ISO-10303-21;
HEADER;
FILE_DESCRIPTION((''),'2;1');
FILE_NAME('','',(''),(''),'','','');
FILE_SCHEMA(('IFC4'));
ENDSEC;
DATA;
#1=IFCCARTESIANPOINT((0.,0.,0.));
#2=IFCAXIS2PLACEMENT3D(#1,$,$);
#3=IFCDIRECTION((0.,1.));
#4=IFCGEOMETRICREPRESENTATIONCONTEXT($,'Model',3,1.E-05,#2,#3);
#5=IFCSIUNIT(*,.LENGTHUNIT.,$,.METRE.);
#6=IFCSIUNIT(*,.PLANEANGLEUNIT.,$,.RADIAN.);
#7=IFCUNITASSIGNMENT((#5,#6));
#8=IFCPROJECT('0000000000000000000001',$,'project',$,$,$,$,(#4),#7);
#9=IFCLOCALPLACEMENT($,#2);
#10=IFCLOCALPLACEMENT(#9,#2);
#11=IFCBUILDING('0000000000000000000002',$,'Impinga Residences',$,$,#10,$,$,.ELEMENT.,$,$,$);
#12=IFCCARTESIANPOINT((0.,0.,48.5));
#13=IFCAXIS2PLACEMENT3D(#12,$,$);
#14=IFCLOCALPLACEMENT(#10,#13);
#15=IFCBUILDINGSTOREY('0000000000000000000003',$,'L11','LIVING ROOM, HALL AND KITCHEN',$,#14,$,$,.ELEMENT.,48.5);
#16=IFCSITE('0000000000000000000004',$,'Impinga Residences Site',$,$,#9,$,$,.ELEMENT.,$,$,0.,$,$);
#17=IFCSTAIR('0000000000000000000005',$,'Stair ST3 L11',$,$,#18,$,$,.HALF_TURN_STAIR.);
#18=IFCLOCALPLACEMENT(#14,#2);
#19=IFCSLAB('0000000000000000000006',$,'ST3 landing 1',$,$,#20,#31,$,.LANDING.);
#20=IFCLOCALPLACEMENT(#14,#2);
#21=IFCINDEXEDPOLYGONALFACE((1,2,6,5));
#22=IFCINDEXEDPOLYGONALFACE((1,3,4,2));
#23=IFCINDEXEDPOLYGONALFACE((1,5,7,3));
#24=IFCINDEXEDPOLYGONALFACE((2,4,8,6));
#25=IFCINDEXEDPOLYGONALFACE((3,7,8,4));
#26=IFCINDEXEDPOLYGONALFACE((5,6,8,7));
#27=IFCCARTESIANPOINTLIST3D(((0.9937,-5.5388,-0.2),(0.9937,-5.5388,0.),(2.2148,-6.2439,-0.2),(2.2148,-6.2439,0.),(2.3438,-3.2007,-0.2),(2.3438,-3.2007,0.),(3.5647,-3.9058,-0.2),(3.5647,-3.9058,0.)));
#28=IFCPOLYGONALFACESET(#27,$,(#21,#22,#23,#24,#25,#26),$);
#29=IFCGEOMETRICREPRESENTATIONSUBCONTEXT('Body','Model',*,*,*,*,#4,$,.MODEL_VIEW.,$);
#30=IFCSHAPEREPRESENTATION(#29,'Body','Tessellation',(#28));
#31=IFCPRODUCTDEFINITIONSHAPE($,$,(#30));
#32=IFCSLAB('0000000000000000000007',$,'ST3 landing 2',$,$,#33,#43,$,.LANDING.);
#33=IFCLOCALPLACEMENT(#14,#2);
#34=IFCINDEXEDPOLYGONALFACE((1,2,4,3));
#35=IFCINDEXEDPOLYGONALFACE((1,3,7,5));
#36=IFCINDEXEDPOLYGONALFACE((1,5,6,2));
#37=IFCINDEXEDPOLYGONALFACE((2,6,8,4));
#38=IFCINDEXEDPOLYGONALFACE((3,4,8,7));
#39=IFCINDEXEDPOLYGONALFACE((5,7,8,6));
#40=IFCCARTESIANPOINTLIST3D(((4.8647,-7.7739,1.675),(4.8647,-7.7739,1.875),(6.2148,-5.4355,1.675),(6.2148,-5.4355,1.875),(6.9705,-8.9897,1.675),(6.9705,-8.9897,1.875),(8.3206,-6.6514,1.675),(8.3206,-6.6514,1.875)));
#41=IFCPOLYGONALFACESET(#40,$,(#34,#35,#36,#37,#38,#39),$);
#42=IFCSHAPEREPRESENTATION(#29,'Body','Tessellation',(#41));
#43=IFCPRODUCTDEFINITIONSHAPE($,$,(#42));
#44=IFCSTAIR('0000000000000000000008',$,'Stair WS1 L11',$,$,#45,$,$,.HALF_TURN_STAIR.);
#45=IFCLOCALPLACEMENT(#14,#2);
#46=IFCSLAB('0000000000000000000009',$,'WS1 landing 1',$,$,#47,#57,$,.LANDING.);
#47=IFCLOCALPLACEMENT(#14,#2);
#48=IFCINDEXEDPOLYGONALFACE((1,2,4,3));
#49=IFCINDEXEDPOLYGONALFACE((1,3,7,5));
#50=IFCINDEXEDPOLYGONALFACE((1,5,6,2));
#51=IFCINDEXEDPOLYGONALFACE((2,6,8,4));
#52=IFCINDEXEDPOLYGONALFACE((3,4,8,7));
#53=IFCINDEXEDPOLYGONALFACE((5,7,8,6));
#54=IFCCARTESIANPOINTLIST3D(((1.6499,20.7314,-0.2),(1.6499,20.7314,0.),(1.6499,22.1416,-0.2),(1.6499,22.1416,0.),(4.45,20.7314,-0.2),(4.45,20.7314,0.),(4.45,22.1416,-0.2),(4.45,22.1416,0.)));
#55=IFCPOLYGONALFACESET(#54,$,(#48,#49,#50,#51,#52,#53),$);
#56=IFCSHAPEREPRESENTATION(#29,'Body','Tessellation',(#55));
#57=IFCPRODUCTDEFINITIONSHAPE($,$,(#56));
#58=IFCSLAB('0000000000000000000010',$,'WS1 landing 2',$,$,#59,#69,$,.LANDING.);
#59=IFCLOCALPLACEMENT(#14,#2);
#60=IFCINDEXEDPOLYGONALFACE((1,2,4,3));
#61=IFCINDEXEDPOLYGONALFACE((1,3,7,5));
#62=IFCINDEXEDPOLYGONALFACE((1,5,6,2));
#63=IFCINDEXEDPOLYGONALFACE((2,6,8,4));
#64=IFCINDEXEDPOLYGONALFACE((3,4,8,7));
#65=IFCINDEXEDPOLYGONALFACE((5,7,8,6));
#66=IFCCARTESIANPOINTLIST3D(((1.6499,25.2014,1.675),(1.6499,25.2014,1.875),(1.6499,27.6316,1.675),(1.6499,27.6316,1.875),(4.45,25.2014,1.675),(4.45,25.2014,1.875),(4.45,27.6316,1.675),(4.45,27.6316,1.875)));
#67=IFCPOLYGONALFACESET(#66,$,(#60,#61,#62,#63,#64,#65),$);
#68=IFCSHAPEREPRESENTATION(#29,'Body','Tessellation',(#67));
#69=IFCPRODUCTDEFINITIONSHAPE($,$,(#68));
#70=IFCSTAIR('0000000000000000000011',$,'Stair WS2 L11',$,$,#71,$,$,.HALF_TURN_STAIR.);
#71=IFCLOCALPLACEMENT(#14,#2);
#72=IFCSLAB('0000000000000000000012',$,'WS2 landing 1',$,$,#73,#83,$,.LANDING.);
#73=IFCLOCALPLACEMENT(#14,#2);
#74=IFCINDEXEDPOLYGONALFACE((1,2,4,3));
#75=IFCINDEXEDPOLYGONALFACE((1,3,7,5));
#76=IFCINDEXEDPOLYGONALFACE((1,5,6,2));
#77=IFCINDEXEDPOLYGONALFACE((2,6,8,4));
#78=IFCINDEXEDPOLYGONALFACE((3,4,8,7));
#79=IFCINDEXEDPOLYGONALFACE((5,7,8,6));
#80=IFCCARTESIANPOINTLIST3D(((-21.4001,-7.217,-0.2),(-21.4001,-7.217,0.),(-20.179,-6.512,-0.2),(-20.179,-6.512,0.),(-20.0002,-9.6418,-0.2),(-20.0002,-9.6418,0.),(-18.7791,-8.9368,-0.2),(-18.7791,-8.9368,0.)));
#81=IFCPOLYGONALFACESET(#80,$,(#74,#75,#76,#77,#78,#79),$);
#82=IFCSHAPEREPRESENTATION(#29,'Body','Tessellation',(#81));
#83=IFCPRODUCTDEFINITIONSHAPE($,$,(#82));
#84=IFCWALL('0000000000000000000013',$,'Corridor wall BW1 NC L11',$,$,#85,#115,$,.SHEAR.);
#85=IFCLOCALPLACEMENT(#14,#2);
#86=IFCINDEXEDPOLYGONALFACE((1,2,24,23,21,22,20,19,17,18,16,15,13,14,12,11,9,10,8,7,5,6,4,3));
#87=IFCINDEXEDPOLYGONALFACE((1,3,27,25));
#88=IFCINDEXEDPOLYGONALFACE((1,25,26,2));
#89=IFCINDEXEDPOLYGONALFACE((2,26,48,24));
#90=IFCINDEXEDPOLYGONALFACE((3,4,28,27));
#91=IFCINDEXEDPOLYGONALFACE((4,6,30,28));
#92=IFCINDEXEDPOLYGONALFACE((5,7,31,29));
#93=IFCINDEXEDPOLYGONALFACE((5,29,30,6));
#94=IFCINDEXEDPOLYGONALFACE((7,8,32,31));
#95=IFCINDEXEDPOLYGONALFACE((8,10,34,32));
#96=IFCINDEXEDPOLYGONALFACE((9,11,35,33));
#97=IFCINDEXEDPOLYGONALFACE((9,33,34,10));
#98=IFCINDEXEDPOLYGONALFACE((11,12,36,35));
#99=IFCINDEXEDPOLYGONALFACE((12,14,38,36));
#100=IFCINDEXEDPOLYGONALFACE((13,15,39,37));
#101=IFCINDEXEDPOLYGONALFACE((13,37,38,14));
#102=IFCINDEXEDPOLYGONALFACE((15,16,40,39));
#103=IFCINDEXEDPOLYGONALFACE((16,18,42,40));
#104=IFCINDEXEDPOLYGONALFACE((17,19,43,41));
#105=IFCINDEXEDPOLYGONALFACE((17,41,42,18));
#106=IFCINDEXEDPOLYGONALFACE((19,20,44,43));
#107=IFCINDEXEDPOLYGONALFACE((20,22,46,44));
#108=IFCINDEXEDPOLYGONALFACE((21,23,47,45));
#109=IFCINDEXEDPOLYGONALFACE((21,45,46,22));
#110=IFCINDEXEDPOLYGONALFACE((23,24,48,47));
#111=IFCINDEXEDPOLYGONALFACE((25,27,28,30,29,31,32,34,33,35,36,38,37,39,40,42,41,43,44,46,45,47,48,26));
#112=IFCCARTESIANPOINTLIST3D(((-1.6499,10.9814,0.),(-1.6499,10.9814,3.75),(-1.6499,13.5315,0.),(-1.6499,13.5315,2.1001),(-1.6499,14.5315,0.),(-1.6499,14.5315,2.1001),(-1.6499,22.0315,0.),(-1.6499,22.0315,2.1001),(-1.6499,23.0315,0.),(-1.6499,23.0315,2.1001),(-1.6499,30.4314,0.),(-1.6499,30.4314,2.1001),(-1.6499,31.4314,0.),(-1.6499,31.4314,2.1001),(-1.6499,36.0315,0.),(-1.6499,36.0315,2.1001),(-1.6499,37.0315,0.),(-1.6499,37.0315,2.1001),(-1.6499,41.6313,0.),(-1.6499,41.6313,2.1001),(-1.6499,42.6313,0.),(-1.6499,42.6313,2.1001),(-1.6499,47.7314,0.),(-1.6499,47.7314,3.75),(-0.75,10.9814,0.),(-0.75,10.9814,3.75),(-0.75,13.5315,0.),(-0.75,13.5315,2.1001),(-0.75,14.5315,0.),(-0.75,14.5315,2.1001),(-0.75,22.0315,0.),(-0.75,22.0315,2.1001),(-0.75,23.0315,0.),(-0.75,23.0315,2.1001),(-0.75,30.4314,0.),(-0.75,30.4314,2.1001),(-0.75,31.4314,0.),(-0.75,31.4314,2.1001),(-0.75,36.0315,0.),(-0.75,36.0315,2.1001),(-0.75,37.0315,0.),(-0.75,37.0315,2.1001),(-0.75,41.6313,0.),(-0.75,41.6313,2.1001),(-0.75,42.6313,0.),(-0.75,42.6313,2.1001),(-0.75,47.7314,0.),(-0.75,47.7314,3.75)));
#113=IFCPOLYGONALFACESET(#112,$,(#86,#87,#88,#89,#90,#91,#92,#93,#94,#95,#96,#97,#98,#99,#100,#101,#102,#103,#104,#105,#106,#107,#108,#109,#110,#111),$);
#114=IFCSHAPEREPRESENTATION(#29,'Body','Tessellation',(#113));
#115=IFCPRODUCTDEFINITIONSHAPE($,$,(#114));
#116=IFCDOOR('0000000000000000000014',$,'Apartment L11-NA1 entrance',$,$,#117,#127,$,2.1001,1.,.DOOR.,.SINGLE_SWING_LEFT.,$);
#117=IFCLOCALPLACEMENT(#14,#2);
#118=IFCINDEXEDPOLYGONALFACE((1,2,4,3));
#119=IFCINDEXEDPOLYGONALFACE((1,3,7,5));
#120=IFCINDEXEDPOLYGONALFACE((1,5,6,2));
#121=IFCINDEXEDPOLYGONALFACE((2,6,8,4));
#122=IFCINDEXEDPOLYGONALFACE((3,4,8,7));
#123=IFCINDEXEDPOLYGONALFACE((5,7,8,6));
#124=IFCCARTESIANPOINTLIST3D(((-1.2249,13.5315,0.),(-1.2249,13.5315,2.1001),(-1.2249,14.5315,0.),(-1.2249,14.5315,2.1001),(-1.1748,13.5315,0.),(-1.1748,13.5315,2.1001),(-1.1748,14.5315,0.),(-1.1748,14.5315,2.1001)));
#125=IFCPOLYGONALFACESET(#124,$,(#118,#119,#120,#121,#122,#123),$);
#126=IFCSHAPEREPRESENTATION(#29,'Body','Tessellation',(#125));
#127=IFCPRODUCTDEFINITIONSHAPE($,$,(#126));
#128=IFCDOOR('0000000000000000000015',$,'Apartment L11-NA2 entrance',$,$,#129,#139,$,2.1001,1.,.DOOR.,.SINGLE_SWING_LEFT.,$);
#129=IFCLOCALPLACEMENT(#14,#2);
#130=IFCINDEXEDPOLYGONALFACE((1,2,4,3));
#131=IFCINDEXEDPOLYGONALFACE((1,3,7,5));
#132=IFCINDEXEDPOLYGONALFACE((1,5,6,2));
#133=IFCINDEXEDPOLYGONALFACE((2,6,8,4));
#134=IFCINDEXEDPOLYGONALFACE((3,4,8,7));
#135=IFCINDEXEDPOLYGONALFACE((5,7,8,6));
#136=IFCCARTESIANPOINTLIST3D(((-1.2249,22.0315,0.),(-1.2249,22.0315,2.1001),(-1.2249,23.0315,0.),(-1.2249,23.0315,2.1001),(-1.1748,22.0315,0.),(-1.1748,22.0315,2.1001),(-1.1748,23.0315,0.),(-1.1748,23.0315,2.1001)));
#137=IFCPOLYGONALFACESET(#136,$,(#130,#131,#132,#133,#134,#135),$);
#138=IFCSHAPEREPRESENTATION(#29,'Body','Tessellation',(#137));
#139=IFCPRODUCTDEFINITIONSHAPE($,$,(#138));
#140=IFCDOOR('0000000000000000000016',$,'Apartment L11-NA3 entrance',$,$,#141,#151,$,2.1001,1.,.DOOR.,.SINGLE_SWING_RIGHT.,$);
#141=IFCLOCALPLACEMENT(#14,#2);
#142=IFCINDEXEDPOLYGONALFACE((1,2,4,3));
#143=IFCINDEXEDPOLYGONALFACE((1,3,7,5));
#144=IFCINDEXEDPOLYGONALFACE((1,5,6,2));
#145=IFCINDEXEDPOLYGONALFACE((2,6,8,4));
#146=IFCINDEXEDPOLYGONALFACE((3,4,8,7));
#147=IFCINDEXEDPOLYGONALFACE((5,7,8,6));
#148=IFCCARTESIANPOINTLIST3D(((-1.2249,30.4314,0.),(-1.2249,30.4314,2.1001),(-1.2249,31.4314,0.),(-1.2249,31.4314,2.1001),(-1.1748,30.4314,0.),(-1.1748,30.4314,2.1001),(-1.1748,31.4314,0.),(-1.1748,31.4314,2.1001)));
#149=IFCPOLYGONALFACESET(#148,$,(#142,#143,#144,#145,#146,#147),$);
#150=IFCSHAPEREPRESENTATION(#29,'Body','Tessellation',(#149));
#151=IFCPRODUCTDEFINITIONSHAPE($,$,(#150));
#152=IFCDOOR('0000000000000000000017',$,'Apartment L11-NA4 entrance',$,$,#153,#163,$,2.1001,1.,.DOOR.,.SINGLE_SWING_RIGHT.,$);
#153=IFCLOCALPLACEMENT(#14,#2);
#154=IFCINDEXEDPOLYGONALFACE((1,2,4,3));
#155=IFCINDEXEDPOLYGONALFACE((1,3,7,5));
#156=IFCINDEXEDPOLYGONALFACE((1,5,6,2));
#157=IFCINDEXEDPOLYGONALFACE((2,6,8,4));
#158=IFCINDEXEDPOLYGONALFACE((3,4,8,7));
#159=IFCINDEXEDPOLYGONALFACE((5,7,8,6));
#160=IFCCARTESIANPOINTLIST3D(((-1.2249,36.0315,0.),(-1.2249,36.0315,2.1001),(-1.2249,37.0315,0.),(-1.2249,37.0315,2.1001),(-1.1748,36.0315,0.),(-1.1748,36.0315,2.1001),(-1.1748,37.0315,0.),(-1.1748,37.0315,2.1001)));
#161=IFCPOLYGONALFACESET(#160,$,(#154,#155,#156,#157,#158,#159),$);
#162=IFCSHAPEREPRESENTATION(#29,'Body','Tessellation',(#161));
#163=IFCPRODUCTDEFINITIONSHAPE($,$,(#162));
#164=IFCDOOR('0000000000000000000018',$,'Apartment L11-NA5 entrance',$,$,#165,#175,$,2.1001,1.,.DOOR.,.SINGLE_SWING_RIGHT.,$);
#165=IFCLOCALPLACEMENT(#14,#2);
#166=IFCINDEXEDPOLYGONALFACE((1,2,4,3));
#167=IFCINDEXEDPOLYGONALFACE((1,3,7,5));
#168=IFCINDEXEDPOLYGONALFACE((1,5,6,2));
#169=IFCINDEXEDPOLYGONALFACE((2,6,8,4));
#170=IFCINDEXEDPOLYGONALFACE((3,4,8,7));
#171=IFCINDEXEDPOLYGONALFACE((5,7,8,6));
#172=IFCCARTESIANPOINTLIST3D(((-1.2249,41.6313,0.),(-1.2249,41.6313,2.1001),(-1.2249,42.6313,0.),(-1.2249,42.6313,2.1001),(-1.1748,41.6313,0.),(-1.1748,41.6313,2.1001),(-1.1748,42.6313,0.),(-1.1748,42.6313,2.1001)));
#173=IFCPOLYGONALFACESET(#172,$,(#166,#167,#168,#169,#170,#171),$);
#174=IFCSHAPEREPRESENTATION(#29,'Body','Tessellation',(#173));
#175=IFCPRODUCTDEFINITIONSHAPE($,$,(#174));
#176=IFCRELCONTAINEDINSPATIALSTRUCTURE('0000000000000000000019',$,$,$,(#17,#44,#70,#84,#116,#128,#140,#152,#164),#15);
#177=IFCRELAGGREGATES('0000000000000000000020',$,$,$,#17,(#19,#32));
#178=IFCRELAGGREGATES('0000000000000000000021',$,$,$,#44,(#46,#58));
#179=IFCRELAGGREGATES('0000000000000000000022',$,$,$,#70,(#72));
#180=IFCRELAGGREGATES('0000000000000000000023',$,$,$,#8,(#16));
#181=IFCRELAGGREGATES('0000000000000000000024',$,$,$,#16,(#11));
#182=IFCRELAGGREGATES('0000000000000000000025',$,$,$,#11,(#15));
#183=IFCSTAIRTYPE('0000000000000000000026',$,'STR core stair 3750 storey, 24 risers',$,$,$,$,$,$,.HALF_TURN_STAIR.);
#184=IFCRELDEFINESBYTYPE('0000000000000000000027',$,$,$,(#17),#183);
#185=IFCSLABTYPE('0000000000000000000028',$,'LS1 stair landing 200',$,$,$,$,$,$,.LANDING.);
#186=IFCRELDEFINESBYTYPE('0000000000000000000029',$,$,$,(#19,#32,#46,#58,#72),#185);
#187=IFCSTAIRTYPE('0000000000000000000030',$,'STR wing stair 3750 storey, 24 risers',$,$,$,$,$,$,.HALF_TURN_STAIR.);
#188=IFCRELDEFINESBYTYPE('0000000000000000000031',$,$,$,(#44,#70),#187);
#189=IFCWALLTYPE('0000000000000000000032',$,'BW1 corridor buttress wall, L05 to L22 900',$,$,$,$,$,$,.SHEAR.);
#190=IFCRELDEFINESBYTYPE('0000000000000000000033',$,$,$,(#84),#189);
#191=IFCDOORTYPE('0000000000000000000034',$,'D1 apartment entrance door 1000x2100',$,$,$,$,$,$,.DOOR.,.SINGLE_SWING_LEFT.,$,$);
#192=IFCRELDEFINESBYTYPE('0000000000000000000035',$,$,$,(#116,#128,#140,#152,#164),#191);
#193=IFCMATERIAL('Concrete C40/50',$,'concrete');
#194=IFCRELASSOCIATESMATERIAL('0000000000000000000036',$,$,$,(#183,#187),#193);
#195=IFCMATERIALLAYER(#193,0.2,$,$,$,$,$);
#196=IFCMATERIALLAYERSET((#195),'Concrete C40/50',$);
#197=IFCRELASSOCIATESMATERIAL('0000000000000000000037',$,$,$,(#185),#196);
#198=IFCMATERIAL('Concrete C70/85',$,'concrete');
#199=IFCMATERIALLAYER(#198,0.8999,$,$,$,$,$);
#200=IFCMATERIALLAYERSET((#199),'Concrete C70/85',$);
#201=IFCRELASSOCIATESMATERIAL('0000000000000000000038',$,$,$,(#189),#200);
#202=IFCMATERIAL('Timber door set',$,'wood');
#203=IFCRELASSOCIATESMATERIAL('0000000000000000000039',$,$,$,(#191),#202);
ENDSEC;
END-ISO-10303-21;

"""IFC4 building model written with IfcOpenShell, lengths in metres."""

from ifc_helpers import new_model, si_unit, direction, frame, frame_2d, origin, place, context, subcontext, project, spatial, polyline, rectangle, outline, extrude, material, layer, layer_set, type_object, element, fill, aggregate, save


model = new_model("IFC4")

# Units and contexts
model_context = context("Model", 3, precision=1e-05, world=origin(), true_north=direction((0.0, 1.0)))
body_context = subcontext(model_context, "Body", "Model", "MODEL_VIEW")
ifc_project = project(units=[si_unit("LENGTHUNIT", "METRE"), si_unit("PLANEANGLEUNIT", "RADIAN")], contexts=[model_context])

# Site, building, storey
site_placement = place(None, origin())
site = spatial("IfcSite", under=ifc_project, at=site_placement, Name="Impinga Residences Site", CompositionType="ELEMENT", RefElevation=0.0)
building_placement = place(site_placement, origin())
building = spatial("IfcBuilding", under=site, at=building_placement, Name="Impinga Residences", CompositionType="ELEMENT")
storey_placement = place(building_placement, frame((0.0, 0.0, 48.5)))
storey = spatial("IfcBuildingStorey", under=building, at=storey_placement, Name="L11", Description="LIVING ROOM, HALL AND KITCHEN", CompositionType="ELEMENT", Elevation=48.5)

# Stairs, slabs
ifc_material_1 = material(Name="Concrete C40/50", Category="concrete")
stair_type_1 = type_object("IfcStairType", Name="STR core stair 3750 storey, 24 risers", PredefinedType="HALF_TURN_STAIR", material=ifc_material_1)
stair_1_placement = place(storey_placement, origin())
stair_1 = element("IfcStair", 1, at=stair_1_placement, inside=storey, type_object=stair_type_1, Name="Stair ST3 L11", PredefinedType="HALF_TURN_STAIR")
ifc_layer_1 = layer(ifc_material_1, 0.2)
ifc_layer_set_1 = layer_set([ifc_layer_1], Name="Concrete C40/50")
slab_type = type_object("IfcSlabType", Name="LS1 stair landing 200", PredefinedType="LANDING", material=ifc_layer_set_1)
slab_1_placement = place(storey_placement, frame((0.0, 0.0, -0.2)))
slab_1 = element("IfcSlab", 2, at=slab_1_placement, type_object=slab_type, Name="ST3 landing 1", PredefinedType="LANDING", context=body_context, shape_type="SweptSolid", body=[
    extrude(outline(polyline([(2.3438, -3.2007), (0.9937, -5.5388), (2.2148, -6.2439), (3.5647, -3.9058), (2.3438, -3.2007)])), origin(), (0.0, 0.0, 1.0), 0.2),
])
slab_2_placement = place(storey_placement, frame((0.0, 0.0, 1.675)))
slab_2 = element("IfcSlab", 3, at=slab_2_placement, type_object=slab_type, Name="ST3 landing 2", PredefinedType="LANDING", context=body_context, shape_type="SweptSolid", body=[
    extrude(outline(polyline([(6.2148, -5.4355), (4.8647, -7.7739), (6.9705, -8.9897), (8.3206, -6.6514), (6.2148, -5.4355)])), origin(), (0.0, 0.0, 1.0), 0.2),
])
aggregate(stair_1, [slab_1, slab_2])
stair_type_2 = type_object("IfcStairType", Name="STR wing stair 3750 storey, 24 risers", PredefinedType="HALF_TURN_STAIR", material=ifc_material_1)
stair_2_placement = place(storey_placement, origin())
stair_2 = element("IfcStair", 4, at=stair_2_placement, inside=storey, type_object=stair_type_2, Name="Stair WS1 L11", PredefinedType="HALF_TURN_STAIR")
slab_3_placement = place(storey_placement, frame((0.0, 0.0, -0.2)))
slab_3 = element("IfcSlab", 5, at=slab_3_placement, type_object=slab_type, Name="WS1 landing 1", PredefinedType="LANDING", context=body_context, shape_type="SweptSolid", body=[
    extrude(outline(polyline([(1.6499, 20.7314), (4.45, 20.7314), (4.45, 22.1416), (1.6499, 22.1416), (1.6499, 20.7314)])), origin(), (0.0, 0.0, 1.0), 0.2),
])
slab_4_placement = place(storey_placement, frame((0.0, 0.0, 1.675)))
slab_4 = element("IfcSlab", 6, at=slab_4_placement, type_object=slab_type, Name="WS1 landing 2", PredefinedType="LANDING", context=body_context, shape_type="SweptSolid", body=[
    extrude(outline(polyline([(1.6499, 25.2014), (4.45, 25.2014), (4.45, 27.6316), (1.6499, 27.6316), (1.6499, 25.2014)])), origin(), (0.0, 0.0, 1.0), 0.2),
])
aggregate(stair_2, [slab_3, slab_4])

# Stair, slab
stair_3_placement = place(storey_placement, origin())
stair_3 = element("IfcStair", 7, at=stair_3_placement, inside=storey, type_object=stair_type_2, Name="Stair WS2 L11", PredefinedType="HALF_TURN_STAIR")
slab_5_placement = place(storey_placement, frame((0.0, 0.0, -0.2)))
slab_5 = element("IfcSlab", 8, at=slab_5_placement, type_object=slab_type, Name="WS2 landing 1", PredefinedType="LANDING", context=body_context, shape_type="SweptSolid", body=[
    extrude(outline(polyline([(-18.7791, -8.9368), (-20.179, -6.512), (-21.4001, -7.217), (-20.0002, -9.6418), (-18.7791, -8.9368)])), origin(), (0.0, 0.0, 1.0), 0.2),
])
aggregate(stair_3, [slab_5])

# Wall, openings, doors
ifc_material_2 = material(Name="Concrete C70/85", Category="concrete")
ifc_layer_2 = layer(ifc_material_2, 0.8999)
ifc_layer_set_2 = layer_set([ifc_layer_2], Name="Concrete C70/85")
wall_type_1 = type_object("IfcWallType", Name="BW1 corridor buttress wall, L05 to L22 900", PredefinedType="SHEAR", material=ifc_layer_set_2)
wall_1_placement = place(storey_placement, frame((-1.2, 10.9814, 0.0), z_axis=(0.0, 0.0, 1.0), x_axis=(0.0, 1.0, 0.0)))
wall_1 = element("IfcWall", 9, at=wall_1_placement, inside=storey, type_object=wall_type_1, Name="Corridor wall BW1 NC L11", PredefinedType="SHEAR", context=body_context, shape_type="SweptSolid", body=[
    extrude(rectangle(XDim=36.75, YDim=0.8999, at=frame_2d((18.375, 0.0))), origin(), (0.0, 0.0, 1.0), 3.75),
])
opening_1_placement = place(wall_1_placement, frame((2.55, 0.0, 0.0)))
opening_1 = element("IfcOpeningElement", 10, at=opening_1_placement, cuts=wall_1, PredefinedType="OPENING", context=body_context, shape_type="SweptSolid", body=[
    extrude(rectangle(XDim=1.0, YDim=2.1001, at=frame_2d((0.5, 1.05))), frame((0.0, 0.46, 0.0), z_axis=(0.0, -1.0, 0.0), x_axis=(1.0, 0.0, 0.0)), (0.0, 0.0, 1.0), 0.9199),
])
opening_2_placement = place(wall_1_placement, frame((11.05, 0.0, 0.0)))
opening_2 = element("IfcOpeningElement", 11, at=opening_2_placement, cuts=wall_1, PredefinedType="OPENING", context=body_context, shape_type="SweptSolid", body=[
    extrude(rectangle(XDim=1.0, YDim=2.1001, at=frame_2d((0.5, 1.05))), frame((0.0, 0.46, 0.0), z_axis=(0.0, -1.0, 0.0), x_axis=(1.0, 0.0, 0.0)), (0.0, 0.0, 1.0), 0.9199),
])
opening_3_placement = place(wall_1_placement, frame((19.45, 0.0, 0.0)))
opening_3 = element("IfcOpeningElement", 12, at=opening_3_placement, cuts=wall_1, PredefinedType="OPENING", context=body_context, shape_type="SweptSolid", body=[
    extrude(rectangle(XDim=1.0, YDim=2.1001, at=frame_2d((0.5, 1.05))), frame((0.0, 0.46, 0.0), z_axis=(0.0, -1.0, 0.0), x_axis=(1.0, 0.0, 0.0)), (0.0, 0.0, 1.0), 0.9199),
])
opening_4_placement = place(wall_1_placement, frame((25.05, 0.0, 0.0)))
opening_4 = element("IfcOpeningElement", 13, at=opening_4_placement, cuts=wall_1, PredefinedType="OPENING", context=body_context, shape_type="SweptSolid", body=[
    extrude(rectangle(XDim=1.0, YDim=2.1001, at=frame_2d((0.5, 1.05))), frame((0.0, 0.46, 0.0), z_axis=(0.0, -1.0, 0.0), x_axis=(1.0, 0.0, 0.0)), (0.0, 0.0, 1.0), 0.9199),
])
opening_5_placement = place(wall_1_placement, frame((30.6499, 0.0, 0.0)))
opening_5 = element("IfcOpeningElement", 14, at=opening_5_placement, cuts=wall_1, PredefinedType="OPENING", context=body_context, shape_type="SweptSolid", body=[
    extrude(rectangle(XDim=1.0, YDim=2.1001, at=frame_2d((0.5, 1.05))), frame((0.0, 0.46, 0.0), z_axis=(0.0, -1.0, 0.0), x_axis=(1.0, 0.0, 0.0)), (0.0, 0.0, 1.0), 0.9199),
])
ifc_material_3 = material(Name="Timber door set", Category="wood")
door_type_1 = type_object("IfcDoorType", Name="D1 apartment entrance door 1000x2100", OperationType="SINGLE_SWING_LEFT", PredefinedType="DOOR", material=ifc_material_3)
door_1_placement = place(opening_1_placement, origin())
door_1 = element("IfcDoor", 15, at=door_1_placement, inside=storey, type_object=door_type_1, Name="Apartment L11-NA1 entrance", OperationType="SINGLE_SWING_LEFT", OverallHeight=2.1001, OverallWidth=1.0, PredefinedType="DOOR", context=body_context, shape_type="SweptSolid", body=[
    extrude(rectangle(XDim=1.0, YDim=2.1001, at=frame_2d((0.5, 1.05))), frame((0.0, 0.0249, 0.0), z_axis=(0.0, -1.0, 0.0), x_axis=(1.0, 0.0, 0.0)), (0.0, 0.0, 1.0), 0.05),
])
fill(opening_1, door_1)
door_2_placement = place(opening_2_placement, origin())
door_2 = element("IfcDoor", 16, at=door_2_placement, inside=storey, type_object=door_type_1, Name="Apartment L11-NA2 entrance", OperationType="SINGLE_SWING_LEFT", OverallHeight=2.1001, OverallWidth=1.0, PredefinedType="DOOR", context=body_context, shape_type="SweptSolid", body=[
    extrude(rectangle(XDim=1.0, YDim=2.1001, at=frame_2d((0.5, 1.05))), frame((0.0, 0.0249, 0.0), z_axis=(0.0, -1.0, 0.0), x_axis=(1.0, 0.0, 0.0)), (0.0, 0.0, 1.0), 0.05),
])
fill(opening_2, door_2)
door_3_placement = place(opening_3_placement, origin())
door_3 = element("IfcDoor", 17, at=door_3_placement, inside=storey, type_object=door_type_1, Name="Apartment L11-NA3 entrance", OperationType="SINGLE_SWING_RIGHT", OverallHeight=2.1001, OverallWidth=1.0, PredefinedType="DOOR", context=body_context, shape_type="SweptSolid", body=[
    extrude(rectangle(XDim=1.0, YDim=2.1001, at=frame_2d((0.5, 1.05))), frame((0.0, 0.0249, 0.0), z_axis=(0.0, -1.0, 0.0), x_axis=(1.0, 0.0, 0.0)), (0.0, 0.0, 1.0), 0.05),
])
fill(opening_3, door_3)
door_4_placement = place(opening_4_placement, origin())
door_4 = element("IfcDoor", 18, at=door_4_placement, inside=storey, type_object=door_type_1, Name="Apartment L11-NA4 entrance", OperationType="SINGLE_SWING_RIGHT", OverallHeight=2.1001, OverallWidth=1.0, PredefinedType="DOOR", context=body_context, shape_type="SweptSolid", body=[
    extrude(rectangle(XDim=1.0, YDim=2.1001, at=frame_2d((0.5, 1.05))), frame((0.0, 0.0249, 0.0), z_axis=(0.0, -1.0, 0.0), x_axis=(1.0, 0.0, 0.0)), (0.0, 0.0, 1.0), 0.05),
])
fill(opening_4, door_4)
door_5_placement = place(opening_5_placement, origin())
door_5 = element("IfcDoor", 19, at=door_5_placement, inside=storey, type_object=door_type_1, Name="Apartment L11-NA5 entrance", OperationType="SINGLE_SWING_RIGHT", OverallHeight=2.1001, OverallWidth=1.0, PredefinedType="DOOR", context=body_context, shape_type="SweptSolid", body=[
    extrude(rectangle(XDim=1.0, YDim=2.1001, at=frame_2d((0.5, 1.05))), frame((0.0, 0.0249, 0.0), z_axis=(0.0, -1.0, 0.0), x_axis=(1.0, 0.0, 0.0)), (0.0, 0.0, 1.0), 0.05),
])
fill(opening_5, door_5)

save(model, "model.ifc")
